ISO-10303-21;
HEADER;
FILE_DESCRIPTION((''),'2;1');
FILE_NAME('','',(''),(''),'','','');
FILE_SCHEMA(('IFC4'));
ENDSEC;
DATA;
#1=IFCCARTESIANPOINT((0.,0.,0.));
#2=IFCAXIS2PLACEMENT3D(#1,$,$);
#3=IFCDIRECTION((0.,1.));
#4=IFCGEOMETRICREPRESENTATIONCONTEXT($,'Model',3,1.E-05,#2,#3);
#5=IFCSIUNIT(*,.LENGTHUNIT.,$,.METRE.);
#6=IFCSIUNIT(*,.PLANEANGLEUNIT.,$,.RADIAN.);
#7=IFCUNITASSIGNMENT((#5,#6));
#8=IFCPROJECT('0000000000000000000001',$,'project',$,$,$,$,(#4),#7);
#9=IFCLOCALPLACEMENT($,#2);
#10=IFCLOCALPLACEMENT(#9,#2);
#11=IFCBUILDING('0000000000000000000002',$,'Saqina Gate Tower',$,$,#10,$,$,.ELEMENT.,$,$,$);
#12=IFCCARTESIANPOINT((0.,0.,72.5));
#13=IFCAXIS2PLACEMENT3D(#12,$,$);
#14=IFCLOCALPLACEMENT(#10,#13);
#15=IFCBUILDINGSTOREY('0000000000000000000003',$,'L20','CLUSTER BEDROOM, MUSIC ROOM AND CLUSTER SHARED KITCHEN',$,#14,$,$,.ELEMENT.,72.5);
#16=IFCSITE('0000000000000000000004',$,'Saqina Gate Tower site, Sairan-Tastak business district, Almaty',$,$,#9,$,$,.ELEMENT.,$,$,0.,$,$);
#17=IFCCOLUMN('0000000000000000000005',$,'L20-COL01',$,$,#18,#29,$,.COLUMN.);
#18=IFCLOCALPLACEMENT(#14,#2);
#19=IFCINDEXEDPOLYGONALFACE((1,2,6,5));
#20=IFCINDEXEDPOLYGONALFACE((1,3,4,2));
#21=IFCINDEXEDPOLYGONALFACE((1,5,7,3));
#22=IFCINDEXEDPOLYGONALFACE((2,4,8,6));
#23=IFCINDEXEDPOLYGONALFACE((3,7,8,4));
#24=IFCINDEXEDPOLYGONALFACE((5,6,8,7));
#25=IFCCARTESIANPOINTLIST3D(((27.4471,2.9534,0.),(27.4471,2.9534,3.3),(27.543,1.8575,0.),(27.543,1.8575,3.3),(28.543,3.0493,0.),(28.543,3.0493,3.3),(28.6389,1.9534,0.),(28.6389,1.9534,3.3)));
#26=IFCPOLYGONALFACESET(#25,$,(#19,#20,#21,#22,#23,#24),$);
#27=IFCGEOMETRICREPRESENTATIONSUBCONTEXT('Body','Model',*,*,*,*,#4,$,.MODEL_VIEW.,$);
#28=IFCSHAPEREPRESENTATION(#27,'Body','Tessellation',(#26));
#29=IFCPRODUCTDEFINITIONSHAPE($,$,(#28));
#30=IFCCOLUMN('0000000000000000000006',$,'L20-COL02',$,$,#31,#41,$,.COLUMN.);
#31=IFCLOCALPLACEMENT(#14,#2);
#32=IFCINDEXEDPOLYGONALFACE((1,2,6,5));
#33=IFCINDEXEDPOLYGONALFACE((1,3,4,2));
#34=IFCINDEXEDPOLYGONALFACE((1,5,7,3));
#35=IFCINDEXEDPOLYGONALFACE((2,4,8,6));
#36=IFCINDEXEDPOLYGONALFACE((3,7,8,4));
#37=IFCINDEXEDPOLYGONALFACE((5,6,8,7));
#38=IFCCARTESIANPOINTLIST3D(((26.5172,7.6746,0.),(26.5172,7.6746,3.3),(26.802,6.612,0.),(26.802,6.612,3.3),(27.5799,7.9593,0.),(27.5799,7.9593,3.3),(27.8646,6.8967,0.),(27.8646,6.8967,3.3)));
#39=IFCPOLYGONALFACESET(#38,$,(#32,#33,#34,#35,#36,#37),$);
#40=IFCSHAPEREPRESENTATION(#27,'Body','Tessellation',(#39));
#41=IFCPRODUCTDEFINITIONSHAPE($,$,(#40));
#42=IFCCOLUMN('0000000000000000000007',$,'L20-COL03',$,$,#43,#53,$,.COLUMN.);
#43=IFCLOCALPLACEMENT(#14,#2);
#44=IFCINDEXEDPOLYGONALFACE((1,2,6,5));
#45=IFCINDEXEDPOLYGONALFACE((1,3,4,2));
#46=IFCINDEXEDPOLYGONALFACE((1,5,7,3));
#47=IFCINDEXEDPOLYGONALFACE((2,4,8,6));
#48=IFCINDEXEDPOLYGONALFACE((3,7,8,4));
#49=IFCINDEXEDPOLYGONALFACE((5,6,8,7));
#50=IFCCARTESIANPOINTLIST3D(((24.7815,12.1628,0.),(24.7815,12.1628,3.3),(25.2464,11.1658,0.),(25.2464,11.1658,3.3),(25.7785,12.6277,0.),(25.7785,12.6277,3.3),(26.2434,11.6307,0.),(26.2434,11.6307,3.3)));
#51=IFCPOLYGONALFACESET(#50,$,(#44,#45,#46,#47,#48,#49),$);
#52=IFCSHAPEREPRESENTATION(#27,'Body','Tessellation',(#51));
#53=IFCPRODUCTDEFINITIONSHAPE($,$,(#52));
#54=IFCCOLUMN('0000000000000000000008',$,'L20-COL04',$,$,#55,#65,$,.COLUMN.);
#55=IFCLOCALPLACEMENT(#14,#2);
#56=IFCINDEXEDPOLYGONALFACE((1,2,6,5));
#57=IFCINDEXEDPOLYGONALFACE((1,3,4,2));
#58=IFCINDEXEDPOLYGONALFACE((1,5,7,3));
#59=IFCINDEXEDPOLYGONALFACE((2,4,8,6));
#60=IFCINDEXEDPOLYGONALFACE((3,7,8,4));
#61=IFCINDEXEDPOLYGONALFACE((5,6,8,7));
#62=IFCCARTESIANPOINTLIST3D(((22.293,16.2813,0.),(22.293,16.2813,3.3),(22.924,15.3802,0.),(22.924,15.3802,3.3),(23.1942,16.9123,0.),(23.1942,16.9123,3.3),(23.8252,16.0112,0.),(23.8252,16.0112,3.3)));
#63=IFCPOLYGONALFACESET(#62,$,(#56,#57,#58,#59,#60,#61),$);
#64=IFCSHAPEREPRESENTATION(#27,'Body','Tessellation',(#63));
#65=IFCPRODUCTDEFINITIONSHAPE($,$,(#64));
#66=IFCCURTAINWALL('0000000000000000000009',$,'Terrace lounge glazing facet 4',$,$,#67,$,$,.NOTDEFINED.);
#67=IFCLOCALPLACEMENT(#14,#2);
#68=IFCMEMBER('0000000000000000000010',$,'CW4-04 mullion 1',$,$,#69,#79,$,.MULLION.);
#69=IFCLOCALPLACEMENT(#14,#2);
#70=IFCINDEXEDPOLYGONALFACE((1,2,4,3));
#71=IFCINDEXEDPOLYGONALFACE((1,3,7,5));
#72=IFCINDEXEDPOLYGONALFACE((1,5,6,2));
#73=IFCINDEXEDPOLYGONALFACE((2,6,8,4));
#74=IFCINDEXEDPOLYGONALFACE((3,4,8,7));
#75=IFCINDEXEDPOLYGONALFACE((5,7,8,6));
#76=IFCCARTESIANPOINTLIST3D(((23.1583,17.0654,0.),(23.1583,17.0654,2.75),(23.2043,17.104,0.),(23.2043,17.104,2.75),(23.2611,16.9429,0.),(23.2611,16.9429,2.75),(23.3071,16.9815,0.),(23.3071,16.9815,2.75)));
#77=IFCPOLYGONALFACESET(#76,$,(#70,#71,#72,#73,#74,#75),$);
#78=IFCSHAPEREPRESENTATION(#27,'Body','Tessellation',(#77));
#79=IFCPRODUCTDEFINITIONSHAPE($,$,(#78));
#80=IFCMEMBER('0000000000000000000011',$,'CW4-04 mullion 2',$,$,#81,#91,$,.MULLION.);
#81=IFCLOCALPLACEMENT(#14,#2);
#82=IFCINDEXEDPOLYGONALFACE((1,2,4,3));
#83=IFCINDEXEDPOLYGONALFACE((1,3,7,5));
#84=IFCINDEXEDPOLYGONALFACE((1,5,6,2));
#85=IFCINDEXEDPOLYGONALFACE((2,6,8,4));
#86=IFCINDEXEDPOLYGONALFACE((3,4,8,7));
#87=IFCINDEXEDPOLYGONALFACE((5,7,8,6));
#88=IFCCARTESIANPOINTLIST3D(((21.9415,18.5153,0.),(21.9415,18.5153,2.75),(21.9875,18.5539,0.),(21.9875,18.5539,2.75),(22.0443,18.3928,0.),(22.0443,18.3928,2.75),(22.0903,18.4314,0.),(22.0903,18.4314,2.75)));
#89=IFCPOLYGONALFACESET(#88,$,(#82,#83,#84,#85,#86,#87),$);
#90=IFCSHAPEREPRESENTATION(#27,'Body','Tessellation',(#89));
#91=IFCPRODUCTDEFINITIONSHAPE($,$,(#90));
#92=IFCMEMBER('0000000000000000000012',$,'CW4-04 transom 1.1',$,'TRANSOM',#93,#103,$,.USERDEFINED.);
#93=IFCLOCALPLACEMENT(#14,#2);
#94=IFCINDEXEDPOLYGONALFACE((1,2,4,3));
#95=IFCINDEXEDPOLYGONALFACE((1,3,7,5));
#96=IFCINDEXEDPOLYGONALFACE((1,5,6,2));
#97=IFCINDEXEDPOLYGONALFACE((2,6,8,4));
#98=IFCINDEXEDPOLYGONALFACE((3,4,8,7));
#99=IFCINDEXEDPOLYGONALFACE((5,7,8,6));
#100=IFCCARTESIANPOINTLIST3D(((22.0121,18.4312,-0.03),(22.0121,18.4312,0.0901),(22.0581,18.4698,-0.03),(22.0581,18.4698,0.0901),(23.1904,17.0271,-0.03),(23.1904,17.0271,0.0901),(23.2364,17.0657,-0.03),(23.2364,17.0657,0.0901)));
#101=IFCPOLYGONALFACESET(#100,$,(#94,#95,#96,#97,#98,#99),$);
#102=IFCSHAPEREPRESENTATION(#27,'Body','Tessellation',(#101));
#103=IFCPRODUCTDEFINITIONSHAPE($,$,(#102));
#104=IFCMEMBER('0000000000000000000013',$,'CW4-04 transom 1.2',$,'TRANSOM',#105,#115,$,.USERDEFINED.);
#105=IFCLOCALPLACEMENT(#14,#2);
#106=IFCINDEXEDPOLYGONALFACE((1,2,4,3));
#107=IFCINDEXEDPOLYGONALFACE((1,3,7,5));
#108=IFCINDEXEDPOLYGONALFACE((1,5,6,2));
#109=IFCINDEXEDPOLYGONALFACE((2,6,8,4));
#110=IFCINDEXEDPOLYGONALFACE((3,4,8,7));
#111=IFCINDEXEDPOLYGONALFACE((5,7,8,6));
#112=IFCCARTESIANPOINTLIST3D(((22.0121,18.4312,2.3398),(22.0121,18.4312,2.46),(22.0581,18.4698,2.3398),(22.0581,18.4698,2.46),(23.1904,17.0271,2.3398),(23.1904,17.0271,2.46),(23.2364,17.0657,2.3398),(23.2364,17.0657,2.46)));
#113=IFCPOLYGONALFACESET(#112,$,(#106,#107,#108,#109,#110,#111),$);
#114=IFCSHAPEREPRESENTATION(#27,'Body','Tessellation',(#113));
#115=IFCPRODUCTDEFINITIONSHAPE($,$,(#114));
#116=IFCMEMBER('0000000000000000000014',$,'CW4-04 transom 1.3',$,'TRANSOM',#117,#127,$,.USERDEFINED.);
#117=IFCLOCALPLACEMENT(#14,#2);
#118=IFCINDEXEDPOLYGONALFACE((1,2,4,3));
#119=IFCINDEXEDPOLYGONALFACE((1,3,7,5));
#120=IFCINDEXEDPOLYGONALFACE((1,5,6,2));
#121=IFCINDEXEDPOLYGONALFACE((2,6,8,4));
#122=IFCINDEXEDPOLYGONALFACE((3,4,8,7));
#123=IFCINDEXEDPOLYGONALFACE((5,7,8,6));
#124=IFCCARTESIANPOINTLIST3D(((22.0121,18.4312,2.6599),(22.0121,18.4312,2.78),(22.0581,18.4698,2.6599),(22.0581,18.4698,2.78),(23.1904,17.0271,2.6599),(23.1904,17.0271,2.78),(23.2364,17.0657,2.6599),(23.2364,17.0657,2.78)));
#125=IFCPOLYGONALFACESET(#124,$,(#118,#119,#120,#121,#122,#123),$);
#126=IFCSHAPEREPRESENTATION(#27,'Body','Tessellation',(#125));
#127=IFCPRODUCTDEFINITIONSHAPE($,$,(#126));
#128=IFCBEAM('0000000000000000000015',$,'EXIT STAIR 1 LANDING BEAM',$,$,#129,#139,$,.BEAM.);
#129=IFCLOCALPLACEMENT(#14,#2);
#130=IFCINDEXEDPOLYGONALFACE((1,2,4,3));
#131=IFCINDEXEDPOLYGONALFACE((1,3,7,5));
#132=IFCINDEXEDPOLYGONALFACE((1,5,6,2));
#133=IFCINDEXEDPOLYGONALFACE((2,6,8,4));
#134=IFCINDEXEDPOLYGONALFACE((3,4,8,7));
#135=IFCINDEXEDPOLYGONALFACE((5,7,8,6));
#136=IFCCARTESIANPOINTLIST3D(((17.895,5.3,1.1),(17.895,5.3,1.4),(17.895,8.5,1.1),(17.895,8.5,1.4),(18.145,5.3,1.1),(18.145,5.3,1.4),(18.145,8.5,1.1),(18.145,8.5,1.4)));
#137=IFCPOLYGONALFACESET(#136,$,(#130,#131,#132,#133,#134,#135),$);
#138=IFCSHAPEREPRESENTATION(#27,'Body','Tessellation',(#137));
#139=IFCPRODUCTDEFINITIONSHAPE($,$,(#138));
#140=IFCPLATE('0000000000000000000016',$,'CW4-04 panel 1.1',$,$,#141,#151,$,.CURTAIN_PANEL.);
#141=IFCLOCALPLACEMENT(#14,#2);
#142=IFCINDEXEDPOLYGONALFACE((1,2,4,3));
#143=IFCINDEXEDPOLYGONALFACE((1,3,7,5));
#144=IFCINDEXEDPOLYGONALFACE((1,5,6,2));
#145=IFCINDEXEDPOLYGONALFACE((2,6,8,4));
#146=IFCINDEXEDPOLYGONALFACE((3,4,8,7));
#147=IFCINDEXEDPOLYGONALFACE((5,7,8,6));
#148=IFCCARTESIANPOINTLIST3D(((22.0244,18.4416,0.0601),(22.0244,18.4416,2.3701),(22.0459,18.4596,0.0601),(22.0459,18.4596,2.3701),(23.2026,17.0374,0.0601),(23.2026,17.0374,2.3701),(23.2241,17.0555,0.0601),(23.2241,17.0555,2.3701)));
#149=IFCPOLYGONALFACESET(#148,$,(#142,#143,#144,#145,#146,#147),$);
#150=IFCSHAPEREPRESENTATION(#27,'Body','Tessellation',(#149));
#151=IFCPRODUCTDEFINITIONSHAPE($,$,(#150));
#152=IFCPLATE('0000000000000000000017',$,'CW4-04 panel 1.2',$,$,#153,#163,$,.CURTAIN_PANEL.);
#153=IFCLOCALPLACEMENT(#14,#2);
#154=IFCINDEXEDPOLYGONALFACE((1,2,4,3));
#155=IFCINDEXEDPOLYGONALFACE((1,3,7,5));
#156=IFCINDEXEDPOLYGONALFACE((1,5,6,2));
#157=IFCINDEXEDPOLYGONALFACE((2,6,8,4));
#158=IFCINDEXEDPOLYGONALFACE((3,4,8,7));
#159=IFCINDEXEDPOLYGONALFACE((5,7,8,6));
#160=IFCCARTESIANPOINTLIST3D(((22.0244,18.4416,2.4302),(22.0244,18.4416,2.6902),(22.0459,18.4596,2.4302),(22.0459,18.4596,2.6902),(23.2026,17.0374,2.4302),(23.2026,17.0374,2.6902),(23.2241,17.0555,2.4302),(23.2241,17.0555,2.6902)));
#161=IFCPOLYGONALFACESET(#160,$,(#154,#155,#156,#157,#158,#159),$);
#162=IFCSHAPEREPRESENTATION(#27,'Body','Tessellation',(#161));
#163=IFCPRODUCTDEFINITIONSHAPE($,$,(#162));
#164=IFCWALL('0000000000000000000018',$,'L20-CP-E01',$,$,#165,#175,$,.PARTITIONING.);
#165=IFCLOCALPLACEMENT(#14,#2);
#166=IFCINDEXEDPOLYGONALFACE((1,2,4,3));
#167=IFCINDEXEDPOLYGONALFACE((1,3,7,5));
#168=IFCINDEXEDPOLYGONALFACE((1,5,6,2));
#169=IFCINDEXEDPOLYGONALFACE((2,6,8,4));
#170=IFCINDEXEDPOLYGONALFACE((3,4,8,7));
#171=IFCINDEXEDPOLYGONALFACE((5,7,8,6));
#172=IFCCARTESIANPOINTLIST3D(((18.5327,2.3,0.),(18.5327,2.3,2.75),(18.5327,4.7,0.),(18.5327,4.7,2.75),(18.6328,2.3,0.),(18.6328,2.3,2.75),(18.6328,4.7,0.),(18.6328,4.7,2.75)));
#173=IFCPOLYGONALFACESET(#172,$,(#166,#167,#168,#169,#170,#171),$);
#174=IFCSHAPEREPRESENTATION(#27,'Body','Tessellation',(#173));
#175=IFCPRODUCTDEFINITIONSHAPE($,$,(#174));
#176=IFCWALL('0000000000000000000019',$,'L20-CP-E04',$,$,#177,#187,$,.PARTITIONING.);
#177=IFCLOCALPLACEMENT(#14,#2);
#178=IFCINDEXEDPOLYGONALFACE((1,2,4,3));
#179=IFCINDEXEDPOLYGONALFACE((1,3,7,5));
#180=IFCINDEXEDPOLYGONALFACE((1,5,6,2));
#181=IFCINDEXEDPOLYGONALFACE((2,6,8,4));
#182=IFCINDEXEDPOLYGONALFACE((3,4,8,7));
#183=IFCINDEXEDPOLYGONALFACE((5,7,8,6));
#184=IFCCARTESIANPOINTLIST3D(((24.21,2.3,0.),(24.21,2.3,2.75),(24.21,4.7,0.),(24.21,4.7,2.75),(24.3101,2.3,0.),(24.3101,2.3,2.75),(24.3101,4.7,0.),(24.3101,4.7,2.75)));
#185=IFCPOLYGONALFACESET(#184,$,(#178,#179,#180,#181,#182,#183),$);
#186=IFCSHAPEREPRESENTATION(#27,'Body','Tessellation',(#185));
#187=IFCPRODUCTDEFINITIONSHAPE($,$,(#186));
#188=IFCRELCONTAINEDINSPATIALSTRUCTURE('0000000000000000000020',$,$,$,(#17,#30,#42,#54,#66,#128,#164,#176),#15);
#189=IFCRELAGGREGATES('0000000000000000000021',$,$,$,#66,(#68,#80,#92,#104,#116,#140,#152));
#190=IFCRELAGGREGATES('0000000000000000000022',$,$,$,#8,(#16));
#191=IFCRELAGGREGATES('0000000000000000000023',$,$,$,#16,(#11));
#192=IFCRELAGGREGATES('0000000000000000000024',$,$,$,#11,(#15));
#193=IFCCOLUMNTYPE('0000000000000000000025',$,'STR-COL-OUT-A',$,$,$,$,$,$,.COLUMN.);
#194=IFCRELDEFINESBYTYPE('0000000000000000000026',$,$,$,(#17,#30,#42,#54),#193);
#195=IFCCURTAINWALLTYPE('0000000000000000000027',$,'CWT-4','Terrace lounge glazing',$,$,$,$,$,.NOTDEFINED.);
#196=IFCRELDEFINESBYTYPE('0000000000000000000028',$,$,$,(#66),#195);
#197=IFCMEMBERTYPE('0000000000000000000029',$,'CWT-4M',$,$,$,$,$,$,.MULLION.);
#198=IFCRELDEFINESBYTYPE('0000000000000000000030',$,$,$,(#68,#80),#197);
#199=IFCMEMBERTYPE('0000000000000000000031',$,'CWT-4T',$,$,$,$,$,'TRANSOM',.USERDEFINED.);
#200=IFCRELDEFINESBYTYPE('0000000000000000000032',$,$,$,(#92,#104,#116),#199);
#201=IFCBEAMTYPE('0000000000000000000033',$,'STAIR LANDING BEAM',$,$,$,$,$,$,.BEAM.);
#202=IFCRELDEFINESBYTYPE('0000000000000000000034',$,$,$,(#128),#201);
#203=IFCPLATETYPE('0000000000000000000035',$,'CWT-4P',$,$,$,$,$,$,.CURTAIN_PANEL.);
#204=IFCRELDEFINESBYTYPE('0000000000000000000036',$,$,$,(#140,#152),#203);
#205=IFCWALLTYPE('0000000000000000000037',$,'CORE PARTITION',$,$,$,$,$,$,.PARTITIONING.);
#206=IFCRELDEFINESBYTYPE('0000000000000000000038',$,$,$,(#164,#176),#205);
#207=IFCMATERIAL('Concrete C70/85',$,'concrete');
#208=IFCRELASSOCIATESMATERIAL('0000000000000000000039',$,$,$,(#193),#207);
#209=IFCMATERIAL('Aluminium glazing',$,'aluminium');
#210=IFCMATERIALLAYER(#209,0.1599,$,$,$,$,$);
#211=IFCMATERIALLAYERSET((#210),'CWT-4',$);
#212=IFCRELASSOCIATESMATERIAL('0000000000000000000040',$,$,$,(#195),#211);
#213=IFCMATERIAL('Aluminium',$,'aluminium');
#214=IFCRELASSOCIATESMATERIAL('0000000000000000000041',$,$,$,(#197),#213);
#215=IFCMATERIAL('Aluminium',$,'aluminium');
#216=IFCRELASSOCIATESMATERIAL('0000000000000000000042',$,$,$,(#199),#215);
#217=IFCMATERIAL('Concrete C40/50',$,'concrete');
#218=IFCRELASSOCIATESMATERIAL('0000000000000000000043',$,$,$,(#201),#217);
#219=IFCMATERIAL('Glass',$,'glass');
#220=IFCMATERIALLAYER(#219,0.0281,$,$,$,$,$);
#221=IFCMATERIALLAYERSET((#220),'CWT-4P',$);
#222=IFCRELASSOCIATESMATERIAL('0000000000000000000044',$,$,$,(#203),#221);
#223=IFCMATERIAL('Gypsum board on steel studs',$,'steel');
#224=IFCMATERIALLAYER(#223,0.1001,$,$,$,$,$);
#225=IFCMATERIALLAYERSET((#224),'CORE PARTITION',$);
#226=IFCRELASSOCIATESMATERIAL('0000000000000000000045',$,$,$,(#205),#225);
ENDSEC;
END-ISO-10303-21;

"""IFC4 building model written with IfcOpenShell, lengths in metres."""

from ifc_helpers import new_model, si_unit, direction, frame, frame_2d, origin, origin_2d, place, context, subcontext, project, spatial, rectangle, extrude, material, layer, layer_set, material_profile, profile_set, type_object, element, aggregate, save


model = new_model("IFC4")

# Units and contexts
model_context = context("Model", 3, precision=1e-05, world=origin(), true_north=direction((0.0, 1.0)))
body_context = subcontext(model_context, "Body", "Model", "MODEL_VIEW")
ifc_project = project(units=[si_unit("LENGTHUNIT", "METRE"), si_unit("PLANEANGLEUNIT", "RADIAN")], contexts=[model_context])

# Site, building, storey
site_placement = place(None, origin())
site = spatial("IfcSite", under=ifc_project, at=site_placement, Name="Saqina Gate Tower site, Sairan-Tastak business district, Almaty", CompositionType="ELEMENT", RefElevation=0.0)
building_placement = place(site_placement, origin())
building = spatial("IfcBuilding", under=site, at=building_placement, Name="Saqina Gate Tower", CompositionType="ELEMENT")
storey_placement = place(building_placement, frame((0.0, 0.0, 72.5)))
storey = spatial("IfcBuildingStorey", under=building, at=storey_placement, Name="L20", Description="CLUSTER BEDROOM, MUSIC ROOM AND CLUSTER SHARED KITCHEN", CompositionType="ELEMENT", Elevation=72.5)

# Columns
ifc_material_1 = material(Name="Concrete C70/85", Category="concrete")
ifc_material_profile_1 = material_profile(ifc_material_1, rectangle(XDim=1.1001, YDim=1.1001, at=origin_2d()), Name="RC 1100x1100")
ifc_profile_set_1 = profile_set([ifc_material_profile_1], Name="Concrete C70/85")
column_type = type_object("IfcColumnType", Name="STR-COL-OUT-A", PredefinedType="COLUMN", material=ifc_profile_set_1)
for number, where, z_axis, x_axis, name in (
    (1, (28.043, 2.4534, 0.0), (0.0, 0.0, 1.0), (0.996195, 0.087156, 0.0), "L20-COL01"),
    (2, (27.1909, 7.2856, 0.0), (0.0, 0.0, 1.0), (0.965926, 0.258819, 0.0), "L20-COL02"),
    (3, (25.5125, 11.8967, 0.0), (0.0, 0.0, 1.0), (0.906308, 0.422618, 0.0), "L20-COL03"),
    (4, (23.0591, 16.1462, 0.0), (0.0, 0.0, 1.0), (0.819152, 0.573576, 0.0), "L20-COL04"),
):
    element("IfcColumn", number, at=place(storey_placement, frame(where, z_axis=z_axis, x_axis=x_axis)), inside=storey, type_object=column_type, Name=name, PredefinedType="COLUMN", context=body_context, shape_type="SweptSolid", body=[
        extrude(rectangle(XDim=1.1001, YDim=1.1001, at=origin_2d()), origin(), (0.0, 0.0, 1.0), 3.3),
    ])

# Curtain wall, members
ifc_material_2 = material(Name="Aluminium glazing", Category="aluminium")
ifc_layer_1 = layer(ifc_material_2, 0.1599)
ifc_layer_set_1 = layer_set([ifc_layer_1], Name="CWT-4")
curtain_wall_type = type_object("IfcCurtainWallType", Name="CWT-4", Description="Terrace lounge glazing", PredefinedType="NOTDEFINED", material=ifc_layer_set_1)
curtain_wall_placement = place(storey_placement, origin())
curtain_wall = element("IfcCurtainWall", 5, at=curtain_wall_placement, inside=storey, type_object=curtain_wall_type, Name="Terrace lounge glazing facet 4", PredefinedType="NOTDEFINED")
ifc_material_3 = material(Name="Aluminium", Category="aluminium")
ifc_material_profile_2 = material_profile(ifc_material_3, rectangle(XDim=0.0601, YDim=0.1599, at=origin_2d()), Name="Aluminium 60x160")
ifc_profile_set_2 = profile_set([ifc_material_profile_2], Name="Aluminium")
member_type_1 = type_object("IfcMemberType", Name="CWT-4M", PredefinedType="MULLION", material=ifc_profile_set_2)
member_1_placement = place(storey_placement, frame((23.2327, 17.0234, 0.0), z_axis=(0.0, 0.0, 1.0), x_axis=(-0.766041, -0.642792, 0.0)))
member_1 = element("IfcMember", 6, at=member_1_placement, type_object=member_type_1, Name="CW4-04 mullion 1", PredefinedType="MULLION", context=body_context, shape_type="SweptSolid", body=[
    extrude(rectangle(XDim=0.0601, YDim=0.1599, at=origin_2d()), origin(), (0.0, 0.0, 1.0), 2.75),
])
member_2_placement = place(storey_placement, frame((22.0159, 18.4734, 0.0), z_axis=(0.0, 0.0, 1.0), x_axis=(-0.766041, -0.642792, 0.0)))
member_2 = element("IfcMember", 7, at=member_2_placement, type_object=member_type_1, Name="CW4-04 mullion 2", PredefinedType="MULLION", context=body_context, shape_type="SweptSolid", body=[
    extrude(rectangle(XDim=0.0601, YDim=0.1599, at=origin_2d()), origin(), (0.0, 0.0, 1.0), 2.75),
])
ifc_material_4 = material(Name="Aluminium", Category="aluminium")
ifc_material_profile_3 = material_profile(ifc_material_4, rectangle(XDim=0.0601, YDim=0.1201, at=origin_2d()), Name="Aluminium 60x120")
ifc_profile_set_3 = profile_set([ifc_material_profile_3], Name="Aluminium")
member_type_2 = type_object("IfcMemberType", Name="CWT-4T", ElementType="TRANSOM", PredefinedType="USERDEFINED", material=ifc_profile_set_3)
member_3_placement = place(storey_placement, frame((23.2134, 17.0464, 0.03), z_axis=(-0.642814, 0.766022, 0.0), x_axis=(-0.766022, -0.642814, 0.0)))
member_3 = element("IfcMember", 8, at=member_3_placement, type_object=member_type_2, Name="CW4-04 transom 1.1", ObjectType="TRANSOM", PredefinedType="USERDEFINED", context=body_context, shape_type="SweptSolid", body=[
    extrude(rectangle(XDim=0.0601, YDim=0.1201, at=origin_2d()), origin(), (0.0, 0.0, 1.0), 1.833),
])
member_4_placement = place(storey_placement, frame((23.2134, 17.0464, 2.3999), z_axis=(-0.642814, 0.766022, 0.0), x_axis=(-0.766022, -0.642814, 0.0)))
member_4 = element("IfcMember", 9, at=member_4_placement, type_object=member_type_2, Name="CW4-04 transom 1.2", ObjectType="TRANSOM", PredefinedType="USERDEFINED", context=body_context, shape_type="SweptSolid", body=[
    extrude(rectangle(XDim=0.0601, YDim=0.1201, at=origin_2d()), origin(), (0.0, 0.0, 1.0), 1.833),
])
member_5_placement = place(storey_placement, frame((23.2134, 17.0464, 2.72), z_axis=(-0.642814, 0.766022, 0.0), x_axis=(-0.766022, -0.642814, 0.0)))
member_5 = element("IfcMember", 10, at=member_5_placement, type_object=member_type_2, Name="CW4-04 transom 1.3", ObjectType="TRANSOM", PredefinedType="USERDEFINED", context=body_context, shape_type="SweptSolid", body=[
    extrude(rectangle(XDim=0.0601, YDim=0.1201, at=origin_2d()), origin(), (0.0, 0.0, 1.0), 1.833),
])

# Beam
ifc_material_5 = material(Name="Concrete C40/50", Category="concrete")
ifc_material_profile_4 = material_profile(ifc_material_5, rectangle(XDim=0.25, YDim=0.3, at=origin_2d()), Name="STAIR LANDING BEAM")
ifc_profile_set_4 = profile_set([ifc_material_profile_4], Name="Concrete C40/50")
beam_type = type_object("IfcBeamType", Name="STAIR LANDING BEAM", PredefinedType="BEAM", material=ifc_profile_set_4)
beam_placement = place(storey_placement, frame((18.02, 5.3, 1.25), z_axis=(0.0, 1.0, 0.0), x_axis=(-1.0, 0.0, 0.0)))
element("IfcBeam", 11, at=beam_placement, inside=storey, type_object=beam_type, Name="EXIT STAIR 1 LANDING BEAM", PredefinedType="BEAM", context=body_context, shape_type="SweptSolid", body=[
    extrude(rectangle(XDim=0.25, YDim=0.3, at=origin_2d()), origin(), (0.0, 0.0, 1.0), 3.2),
])

# Plates
ifc_material_6 = material(Name="Glass", Category="glass")
ifc_layer_2 = layer(ifc_material_6, 0.0281)
ifc_layer_set_2 = layer_set([ifc_layer_2], Name="CWT-4P")
plate_type = type_object("IfcPlateType", Name="CWT-4P", PredefinedType="CURTAIN_PANEL", material=ifc_layer_set_2)
plate_1_placement = place(storey_placement, frame((22.6243, 17.7485, 0.0601), z_axis=(0.0, 0.0, 1.0), x_axis=(-0.642792, 0.766041, 0.0)))
plate_1 = element("IfcPlate", 12, at=plate_1_placement, type_object=plate_type, Name="CW4-04 panel 1.1", PredefinedType="CURTAIN_PANEL", context=body_context, shape_type="SweptSolid", body=[
    extrude(rectangle(XDim=1.833, YDim=0.0281, at=origin_2d()), origin(), (0.0, 0.0, 1.0), 2.3101),
])
plate_2_placement = place(storey_placement, frame((22.6243, 17.7485, 2.4302), z_axis=(0.0, 0.0, 1.0), x_axis=(-0.642792, 0.766041, 0.0)))
plate_2 = element("IfcPlate", 13, at=plate_2_placement, type_object=plate_type, Name="CW4-04 panel 1.2", PredefinedType="CURTAIN_PANEL", context=body_context, shape_type="SweptSolid", body=[
    extrude(rectangle(XDim=1.833, YDim=0.0281, at=origin_2d()), origin(), (0.0, 0.0, 1.0), 0.26),
])
aggregate(curtain_wall, [member_1, member_2, member_3, member_4, member_5, plate_1, plate_2])

# Walls
ifc_material_7 = material(Name="Gypsum board on steel studs", Category="steel")
ifc_layer_3 = layer(ifc_material_7, 0.1001)
ifc_layer_set_3 = layer_set([ifc_layer_3], Name="CORE PARTITION")
wall_type_1 = type_object("IfcWallType", Name="CORE PARTITION", PredefinedType="PARTITIONING", material=ifc_layer_set_3)
for number, where, z_axis, x_axis, name in (
    (14, (18.5828, 2.3, 0.0), (0.0, 0.0, 1.0), (0.0, 1.0, 0.0), "L20-CP-E01"),
    (15, (24.26, 2.3, 0.0), (0.0, 0.0, 1.0), (0.0, 1.0, 0.0), "L20-CP-E04"),
):
    element("IfcWall", number, at=place(storey_placement, frame(where, z_axis=z_axis, x_axis=x_axis)), inside=storey, type_object=wall_type_1, Name=name, PredefinedType="PARTITIONING", context=body_context, shape_type="SweptSolid", body=[
        extrude(rectangle(XDim=2.3999, YDim=0.1001, at=frame_2d((1.2, 0.0))), origin(), (0.0, 0.0, 1.0), 2.75),
    ])

save(model, "model.ifc")
